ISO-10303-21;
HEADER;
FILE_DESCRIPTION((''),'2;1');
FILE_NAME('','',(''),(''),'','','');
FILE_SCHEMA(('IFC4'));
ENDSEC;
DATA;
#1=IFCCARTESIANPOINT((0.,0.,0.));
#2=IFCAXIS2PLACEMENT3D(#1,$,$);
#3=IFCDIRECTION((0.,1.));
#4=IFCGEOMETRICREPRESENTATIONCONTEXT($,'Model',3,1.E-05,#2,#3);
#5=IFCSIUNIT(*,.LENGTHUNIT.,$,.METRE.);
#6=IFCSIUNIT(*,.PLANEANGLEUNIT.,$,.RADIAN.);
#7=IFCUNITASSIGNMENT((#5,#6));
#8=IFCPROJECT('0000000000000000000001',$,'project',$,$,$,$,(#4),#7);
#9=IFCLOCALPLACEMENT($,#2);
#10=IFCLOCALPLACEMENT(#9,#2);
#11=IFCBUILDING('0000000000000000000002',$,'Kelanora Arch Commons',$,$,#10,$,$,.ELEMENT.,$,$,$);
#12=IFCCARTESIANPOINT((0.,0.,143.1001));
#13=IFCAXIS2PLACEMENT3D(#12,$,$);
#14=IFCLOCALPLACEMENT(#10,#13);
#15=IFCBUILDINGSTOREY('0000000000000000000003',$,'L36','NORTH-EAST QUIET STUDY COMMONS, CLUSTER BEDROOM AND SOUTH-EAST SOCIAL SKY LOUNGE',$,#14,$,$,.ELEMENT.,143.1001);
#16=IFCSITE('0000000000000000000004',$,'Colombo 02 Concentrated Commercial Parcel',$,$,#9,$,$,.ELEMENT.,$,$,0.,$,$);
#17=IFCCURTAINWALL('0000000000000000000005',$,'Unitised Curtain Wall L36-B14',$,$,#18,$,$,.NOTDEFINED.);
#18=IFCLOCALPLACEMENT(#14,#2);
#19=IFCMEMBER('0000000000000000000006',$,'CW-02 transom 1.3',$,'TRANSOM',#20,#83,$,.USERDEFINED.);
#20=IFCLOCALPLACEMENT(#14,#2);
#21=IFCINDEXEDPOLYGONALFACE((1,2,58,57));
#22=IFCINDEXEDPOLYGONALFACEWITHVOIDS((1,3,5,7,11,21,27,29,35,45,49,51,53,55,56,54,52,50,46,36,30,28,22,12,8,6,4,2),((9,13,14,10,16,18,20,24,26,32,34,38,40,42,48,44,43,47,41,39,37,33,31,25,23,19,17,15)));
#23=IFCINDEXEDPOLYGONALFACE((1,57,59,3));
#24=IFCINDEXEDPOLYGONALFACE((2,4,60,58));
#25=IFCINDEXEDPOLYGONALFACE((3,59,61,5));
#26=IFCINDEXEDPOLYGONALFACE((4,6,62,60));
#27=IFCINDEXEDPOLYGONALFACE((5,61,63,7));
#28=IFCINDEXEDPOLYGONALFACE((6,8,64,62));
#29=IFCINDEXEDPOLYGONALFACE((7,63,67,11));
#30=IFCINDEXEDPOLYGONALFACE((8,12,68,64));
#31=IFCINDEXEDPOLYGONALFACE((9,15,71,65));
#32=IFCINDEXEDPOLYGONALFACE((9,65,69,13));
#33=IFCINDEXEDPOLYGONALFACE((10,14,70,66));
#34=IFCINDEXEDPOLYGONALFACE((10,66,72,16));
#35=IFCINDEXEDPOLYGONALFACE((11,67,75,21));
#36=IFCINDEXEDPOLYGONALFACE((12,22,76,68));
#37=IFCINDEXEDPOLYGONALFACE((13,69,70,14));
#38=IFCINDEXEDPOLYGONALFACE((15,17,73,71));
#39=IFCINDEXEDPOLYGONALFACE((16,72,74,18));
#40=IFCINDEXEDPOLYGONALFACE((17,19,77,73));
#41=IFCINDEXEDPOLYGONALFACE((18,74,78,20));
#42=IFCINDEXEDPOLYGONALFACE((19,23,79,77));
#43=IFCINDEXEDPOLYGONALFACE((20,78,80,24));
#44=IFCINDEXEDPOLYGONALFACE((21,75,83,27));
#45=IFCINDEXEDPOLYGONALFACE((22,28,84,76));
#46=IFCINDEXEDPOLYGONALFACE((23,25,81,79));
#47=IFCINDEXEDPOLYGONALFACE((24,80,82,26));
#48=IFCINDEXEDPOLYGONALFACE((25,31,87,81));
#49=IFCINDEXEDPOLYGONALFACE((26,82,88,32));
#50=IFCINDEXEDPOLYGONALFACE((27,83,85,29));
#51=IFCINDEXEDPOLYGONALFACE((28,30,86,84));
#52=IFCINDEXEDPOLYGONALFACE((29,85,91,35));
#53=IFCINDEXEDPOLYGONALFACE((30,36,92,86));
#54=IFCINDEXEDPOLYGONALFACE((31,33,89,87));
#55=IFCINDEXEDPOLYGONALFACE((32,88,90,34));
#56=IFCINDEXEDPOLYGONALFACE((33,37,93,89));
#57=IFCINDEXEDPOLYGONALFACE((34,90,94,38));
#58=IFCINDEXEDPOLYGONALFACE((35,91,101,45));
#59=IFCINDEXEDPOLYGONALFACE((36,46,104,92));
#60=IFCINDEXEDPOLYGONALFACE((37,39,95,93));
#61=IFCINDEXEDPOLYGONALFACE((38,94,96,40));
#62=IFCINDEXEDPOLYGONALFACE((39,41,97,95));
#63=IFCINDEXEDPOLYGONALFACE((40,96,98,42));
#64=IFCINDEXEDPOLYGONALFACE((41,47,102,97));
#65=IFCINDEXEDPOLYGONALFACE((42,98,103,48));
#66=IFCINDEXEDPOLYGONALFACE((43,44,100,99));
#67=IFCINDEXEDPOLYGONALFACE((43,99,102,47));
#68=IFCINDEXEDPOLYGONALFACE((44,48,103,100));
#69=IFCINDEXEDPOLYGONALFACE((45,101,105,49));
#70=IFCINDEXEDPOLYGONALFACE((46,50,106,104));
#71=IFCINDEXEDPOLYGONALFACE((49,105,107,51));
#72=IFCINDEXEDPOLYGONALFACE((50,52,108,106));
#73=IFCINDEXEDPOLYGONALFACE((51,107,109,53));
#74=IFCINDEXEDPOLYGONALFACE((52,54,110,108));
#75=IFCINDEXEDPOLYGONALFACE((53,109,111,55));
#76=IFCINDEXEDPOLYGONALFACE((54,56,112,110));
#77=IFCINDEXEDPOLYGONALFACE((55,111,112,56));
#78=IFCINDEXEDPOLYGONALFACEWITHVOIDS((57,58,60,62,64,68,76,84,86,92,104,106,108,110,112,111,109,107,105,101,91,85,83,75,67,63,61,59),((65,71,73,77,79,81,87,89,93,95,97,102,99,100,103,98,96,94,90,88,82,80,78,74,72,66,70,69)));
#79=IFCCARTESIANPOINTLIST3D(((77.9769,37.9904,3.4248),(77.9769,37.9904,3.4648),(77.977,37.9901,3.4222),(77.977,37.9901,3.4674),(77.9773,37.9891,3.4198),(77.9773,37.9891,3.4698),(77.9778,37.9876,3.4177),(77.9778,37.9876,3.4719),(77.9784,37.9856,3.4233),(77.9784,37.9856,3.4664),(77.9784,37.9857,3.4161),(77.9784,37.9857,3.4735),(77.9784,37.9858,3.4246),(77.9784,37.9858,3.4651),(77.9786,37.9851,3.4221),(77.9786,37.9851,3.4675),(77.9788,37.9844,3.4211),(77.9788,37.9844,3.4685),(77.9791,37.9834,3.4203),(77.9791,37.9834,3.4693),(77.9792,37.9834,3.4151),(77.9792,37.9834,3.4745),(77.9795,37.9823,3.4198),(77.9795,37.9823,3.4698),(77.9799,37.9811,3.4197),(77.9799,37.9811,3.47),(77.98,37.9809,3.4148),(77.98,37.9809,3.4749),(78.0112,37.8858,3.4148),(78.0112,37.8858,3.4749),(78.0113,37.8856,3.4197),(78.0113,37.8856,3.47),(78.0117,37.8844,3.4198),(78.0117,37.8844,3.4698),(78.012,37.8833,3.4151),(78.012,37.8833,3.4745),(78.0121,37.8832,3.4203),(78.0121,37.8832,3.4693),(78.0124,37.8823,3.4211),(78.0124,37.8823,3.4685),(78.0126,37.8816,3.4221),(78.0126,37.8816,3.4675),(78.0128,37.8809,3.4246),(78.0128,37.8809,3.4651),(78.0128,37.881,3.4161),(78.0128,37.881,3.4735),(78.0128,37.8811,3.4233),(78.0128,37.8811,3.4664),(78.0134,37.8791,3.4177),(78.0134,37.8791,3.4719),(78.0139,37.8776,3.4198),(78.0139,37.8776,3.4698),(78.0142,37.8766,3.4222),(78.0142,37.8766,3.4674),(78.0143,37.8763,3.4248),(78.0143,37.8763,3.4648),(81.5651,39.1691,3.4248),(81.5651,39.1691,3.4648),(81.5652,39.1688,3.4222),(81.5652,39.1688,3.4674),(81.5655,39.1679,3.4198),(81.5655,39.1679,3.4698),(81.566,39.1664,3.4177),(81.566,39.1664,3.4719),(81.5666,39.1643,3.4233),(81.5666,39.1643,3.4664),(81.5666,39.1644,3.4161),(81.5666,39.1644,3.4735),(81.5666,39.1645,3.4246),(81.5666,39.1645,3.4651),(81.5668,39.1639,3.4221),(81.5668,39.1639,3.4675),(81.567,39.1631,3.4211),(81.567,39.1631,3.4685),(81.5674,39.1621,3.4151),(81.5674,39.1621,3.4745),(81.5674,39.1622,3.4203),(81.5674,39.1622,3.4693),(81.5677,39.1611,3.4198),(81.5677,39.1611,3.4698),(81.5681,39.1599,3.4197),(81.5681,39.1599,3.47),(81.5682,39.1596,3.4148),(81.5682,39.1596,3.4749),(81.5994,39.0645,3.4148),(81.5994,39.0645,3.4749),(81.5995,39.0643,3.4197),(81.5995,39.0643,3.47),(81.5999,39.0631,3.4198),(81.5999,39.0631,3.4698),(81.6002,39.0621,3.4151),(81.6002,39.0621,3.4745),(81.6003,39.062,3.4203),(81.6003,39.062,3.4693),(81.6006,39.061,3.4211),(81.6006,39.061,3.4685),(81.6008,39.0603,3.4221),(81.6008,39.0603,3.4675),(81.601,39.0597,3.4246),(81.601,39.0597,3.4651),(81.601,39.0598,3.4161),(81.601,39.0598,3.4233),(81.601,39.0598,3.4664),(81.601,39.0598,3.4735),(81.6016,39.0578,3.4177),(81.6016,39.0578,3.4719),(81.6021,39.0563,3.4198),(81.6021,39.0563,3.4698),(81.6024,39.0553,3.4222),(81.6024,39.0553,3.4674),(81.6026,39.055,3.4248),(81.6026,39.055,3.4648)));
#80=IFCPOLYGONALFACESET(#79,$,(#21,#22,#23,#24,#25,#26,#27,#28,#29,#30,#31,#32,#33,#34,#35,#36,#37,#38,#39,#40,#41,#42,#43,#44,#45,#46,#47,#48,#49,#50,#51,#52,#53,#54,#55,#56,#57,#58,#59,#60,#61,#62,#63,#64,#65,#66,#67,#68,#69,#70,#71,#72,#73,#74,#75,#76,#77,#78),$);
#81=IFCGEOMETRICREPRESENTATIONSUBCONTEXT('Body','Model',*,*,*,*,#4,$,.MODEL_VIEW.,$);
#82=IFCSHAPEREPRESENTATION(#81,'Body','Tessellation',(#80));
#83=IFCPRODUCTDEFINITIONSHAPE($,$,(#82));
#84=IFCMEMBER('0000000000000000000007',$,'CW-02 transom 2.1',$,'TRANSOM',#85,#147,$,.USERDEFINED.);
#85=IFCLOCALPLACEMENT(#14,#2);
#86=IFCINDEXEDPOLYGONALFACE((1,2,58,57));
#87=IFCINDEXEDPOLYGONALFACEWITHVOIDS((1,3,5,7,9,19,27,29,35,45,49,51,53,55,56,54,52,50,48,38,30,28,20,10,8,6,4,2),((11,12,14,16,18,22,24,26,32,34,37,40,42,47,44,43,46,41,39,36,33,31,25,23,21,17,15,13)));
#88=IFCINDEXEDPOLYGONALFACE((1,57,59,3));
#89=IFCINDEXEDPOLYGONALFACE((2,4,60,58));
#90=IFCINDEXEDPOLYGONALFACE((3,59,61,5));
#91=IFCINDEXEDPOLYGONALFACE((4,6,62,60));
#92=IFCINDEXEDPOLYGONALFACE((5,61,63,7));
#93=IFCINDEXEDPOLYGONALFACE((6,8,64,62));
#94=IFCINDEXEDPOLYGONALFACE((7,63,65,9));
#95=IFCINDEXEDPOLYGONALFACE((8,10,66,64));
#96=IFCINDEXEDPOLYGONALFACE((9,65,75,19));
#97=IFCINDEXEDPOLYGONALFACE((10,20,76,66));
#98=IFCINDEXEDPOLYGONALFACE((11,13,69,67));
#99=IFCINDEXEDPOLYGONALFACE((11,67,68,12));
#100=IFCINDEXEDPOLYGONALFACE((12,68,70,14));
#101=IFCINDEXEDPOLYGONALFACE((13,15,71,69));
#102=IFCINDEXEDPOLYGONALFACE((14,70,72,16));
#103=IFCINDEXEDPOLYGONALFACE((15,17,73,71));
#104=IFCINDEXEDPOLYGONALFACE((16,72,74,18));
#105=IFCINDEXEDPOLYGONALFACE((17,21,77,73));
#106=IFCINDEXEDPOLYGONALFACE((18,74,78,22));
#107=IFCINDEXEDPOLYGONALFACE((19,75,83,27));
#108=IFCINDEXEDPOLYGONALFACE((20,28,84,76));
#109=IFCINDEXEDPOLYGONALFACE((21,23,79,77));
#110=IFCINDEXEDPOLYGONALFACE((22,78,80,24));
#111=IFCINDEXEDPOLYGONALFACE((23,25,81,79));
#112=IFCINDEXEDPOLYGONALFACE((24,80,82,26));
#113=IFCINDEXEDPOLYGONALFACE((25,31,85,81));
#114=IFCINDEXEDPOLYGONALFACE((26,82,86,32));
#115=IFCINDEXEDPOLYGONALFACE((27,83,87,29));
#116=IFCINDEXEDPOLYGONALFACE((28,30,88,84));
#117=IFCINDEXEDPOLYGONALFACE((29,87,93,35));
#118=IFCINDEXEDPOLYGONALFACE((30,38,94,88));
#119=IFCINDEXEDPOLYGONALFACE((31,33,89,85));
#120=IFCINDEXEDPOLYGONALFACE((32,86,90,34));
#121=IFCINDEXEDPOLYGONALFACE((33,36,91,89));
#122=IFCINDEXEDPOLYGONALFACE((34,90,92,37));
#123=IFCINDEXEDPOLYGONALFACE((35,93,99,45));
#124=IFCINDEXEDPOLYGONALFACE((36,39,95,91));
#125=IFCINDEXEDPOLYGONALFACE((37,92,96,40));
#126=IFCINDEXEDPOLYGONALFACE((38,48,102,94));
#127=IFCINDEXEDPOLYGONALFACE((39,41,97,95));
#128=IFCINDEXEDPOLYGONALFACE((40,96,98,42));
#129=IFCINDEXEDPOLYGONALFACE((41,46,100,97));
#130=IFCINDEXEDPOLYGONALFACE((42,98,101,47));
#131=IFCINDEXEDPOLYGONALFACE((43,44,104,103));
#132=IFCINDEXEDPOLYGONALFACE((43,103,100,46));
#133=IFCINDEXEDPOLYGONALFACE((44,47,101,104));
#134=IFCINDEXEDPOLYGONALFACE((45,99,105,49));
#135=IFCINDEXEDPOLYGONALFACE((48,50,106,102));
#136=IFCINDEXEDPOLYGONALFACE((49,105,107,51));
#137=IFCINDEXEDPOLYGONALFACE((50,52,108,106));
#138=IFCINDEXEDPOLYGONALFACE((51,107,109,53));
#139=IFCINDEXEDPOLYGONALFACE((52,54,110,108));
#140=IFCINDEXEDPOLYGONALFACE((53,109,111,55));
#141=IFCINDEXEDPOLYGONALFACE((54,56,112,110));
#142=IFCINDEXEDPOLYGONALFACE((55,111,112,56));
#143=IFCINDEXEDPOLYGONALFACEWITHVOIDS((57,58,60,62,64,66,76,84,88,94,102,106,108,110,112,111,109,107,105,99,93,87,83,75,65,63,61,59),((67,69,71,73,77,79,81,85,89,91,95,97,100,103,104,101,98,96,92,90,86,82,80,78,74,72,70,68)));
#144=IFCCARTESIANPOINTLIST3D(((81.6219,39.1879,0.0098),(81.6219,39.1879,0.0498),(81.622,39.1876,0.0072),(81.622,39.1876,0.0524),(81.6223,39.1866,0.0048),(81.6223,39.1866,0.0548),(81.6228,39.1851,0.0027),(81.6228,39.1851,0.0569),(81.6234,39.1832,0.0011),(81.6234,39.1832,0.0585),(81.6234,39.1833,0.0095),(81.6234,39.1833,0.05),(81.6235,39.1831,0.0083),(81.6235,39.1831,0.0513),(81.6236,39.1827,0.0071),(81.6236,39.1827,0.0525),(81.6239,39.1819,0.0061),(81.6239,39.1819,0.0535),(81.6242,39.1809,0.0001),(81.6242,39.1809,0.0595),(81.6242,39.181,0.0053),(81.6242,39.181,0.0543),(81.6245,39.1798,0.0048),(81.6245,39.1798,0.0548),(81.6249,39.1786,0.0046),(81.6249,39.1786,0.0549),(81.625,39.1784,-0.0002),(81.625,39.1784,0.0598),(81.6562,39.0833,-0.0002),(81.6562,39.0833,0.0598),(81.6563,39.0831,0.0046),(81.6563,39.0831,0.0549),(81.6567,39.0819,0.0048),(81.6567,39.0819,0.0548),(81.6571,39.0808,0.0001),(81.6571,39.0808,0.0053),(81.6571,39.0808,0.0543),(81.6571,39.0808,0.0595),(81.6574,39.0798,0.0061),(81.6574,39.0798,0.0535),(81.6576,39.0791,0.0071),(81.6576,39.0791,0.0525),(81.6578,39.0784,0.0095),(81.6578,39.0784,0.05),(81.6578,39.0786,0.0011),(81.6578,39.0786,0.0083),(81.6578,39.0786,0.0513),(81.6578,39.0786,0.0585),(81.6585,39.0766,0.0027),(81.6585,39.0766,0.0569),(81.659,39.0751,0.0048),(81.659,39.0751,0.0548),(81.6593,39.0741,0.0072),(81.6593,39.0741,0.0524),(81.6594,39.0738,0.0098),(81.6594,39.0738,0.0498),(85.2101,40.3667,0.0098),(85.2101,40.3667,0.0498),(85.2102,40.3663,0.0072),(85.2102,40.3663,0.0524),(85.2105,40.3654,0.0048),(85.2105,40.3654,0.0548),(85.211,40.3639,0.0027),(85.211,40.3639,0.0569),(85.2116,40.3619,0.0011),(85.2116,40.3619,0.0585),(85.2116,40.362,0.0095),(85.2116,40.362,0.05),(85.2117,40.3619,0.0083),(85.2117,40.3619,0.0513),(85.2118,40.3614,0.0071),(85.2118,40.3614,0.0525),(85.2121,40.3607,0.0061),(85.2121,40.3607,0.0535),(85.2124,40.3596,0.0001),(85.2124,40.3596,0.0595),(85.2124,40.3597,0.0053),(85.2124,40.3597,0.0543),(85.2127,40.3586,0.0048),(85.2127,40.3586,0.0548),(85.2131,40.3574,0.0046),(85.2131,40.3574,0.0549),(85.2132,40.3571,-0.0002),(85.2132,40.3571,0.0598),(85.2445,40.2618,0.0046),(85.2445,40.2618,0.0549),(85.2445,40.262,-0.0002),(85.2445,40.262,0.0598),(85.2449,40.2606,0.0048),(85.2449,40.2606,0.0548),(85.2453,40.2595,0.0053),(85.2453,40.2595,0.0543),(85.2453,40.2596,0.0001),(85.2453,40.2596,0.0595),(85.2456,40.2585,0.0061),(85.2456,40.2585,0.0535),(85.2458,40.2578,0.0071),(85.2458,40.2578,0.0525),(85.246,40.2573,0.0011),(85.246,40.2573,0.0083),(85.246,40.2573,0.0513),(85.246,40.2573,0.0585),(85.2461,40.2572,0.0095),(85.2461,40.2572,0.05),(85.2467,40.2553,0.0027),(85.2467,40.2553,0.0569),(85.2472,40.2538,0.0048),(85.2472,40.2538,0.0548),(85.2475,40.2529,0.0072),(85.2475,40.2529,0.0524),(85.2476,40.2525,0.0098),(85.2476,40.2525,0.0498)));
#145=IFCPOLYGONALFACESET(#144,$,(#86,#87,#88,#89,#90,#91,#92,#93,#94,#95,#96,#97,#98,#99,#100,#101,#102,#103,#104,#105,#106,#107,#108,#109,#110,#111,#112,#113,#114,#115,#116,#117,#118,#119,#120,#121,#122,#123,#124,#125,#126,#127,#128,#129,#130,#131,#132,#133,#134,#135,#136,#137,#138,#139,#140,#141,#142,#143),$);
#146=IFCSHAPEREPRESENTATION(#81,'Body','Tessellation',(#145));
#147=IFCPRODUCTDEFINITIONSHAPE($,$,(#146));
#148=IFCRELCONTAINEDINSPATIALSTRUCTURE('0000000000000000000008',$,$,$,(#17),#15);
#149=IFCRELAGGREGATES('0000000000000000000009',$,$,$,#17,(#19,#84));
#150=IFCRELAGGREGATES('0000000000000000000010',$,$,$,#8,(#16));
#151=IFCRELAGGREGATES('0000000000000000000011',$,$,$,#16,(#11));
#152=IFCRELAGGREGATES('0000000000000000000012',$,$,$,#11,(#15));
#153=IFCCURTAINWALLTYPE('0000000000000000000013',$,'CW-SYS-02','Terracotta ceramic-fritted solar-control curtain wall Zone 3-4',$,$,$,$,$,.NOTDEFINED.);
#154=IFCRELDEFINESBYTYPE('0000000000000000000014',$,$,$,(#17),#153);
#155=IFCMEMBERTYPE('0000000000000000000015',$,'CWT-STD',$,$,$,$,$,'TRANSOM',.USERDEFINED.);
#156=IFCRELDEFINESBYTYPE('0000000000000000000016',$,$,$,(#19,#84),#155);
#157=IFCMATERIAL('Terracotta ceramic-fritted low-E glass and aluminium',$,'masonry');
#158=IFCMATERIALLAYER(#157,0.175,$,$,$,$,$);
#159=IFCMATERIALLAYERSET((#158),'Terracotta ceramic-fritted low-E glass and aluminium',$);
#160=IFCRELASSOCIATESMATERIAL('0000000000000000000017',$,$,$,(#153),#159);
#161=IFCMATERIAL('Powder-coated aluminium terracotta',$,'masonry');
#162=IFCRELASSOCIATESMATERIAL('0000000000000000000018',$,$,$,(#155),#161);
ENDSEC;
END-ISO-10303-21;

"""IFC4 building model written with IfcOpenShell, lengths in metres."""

from ifc_helpers import new_model, si_unit, direction, frame, origin, origin_2d, place, context, subcontext, project, spatial, hollow_rectangle, extrude, material, layer, layer_set, material_profile, profile_set, type_object, element, aggregate, save


model = new_model("IFC4")

# Units and contexts
model_context = context("Model", 3, precision=1e-05, world=origin(), true_north=direction((0.0, 1.0)))
body_context = subcontext(model_context, "Body", "Model", "MODEL_VIEW")
ifc_project = project(units=[si_unit("LENGTHUNIT", "METRE"), si_unit("PLANEANGLEUNIT", "RADIAN")], contexts=[model_context])

# Site, building, storey
site_placement = place(None, origin())
site = spatial("IfcSite", under=ifc_project, at=site_placement, Name="Colombo 02 Concentrated Commercial Parcel", CompositionType="ELEMENT", RefElevation=0.0)
building_placement = place(site_placement, origin())
building = spatial("IfcBuilding", under=site, at=building_placement, Name="Kelanora Arch Commons", CompositionType="ELEMENT")
storey_placement = place(building_placement, frame((0.0, 0.0, 143.1001)))
storey = spatial("IfcBuildingStorey", under=building, at=storey_placement, Name="L36", Description="NORTH-EAST QUIET STUDY COMMONS, CLUSTER BEDROOM AND SOUTH-EAST SOCIAL SKY LOUNGE", CompositionType="ELEMENT", Elevation=143.1001)

# Curtain wall, members
ifc_material_1 = material(Name="Terracotta ceramic-fritted low-E glass and aluminium", Category="masonry")
ifc_layer_1 = layer(ifc_material_1, 0.175)
ifc_layer_set_1 = layer_set([ifc_layer_1], Name="Terracotta ceramic-fritted low-E glass and aluminium")
curtain_wall_type = type_object("IfcCurtainWallType", Name="CW-SYS-02", Description="Terracotta ceramic-fritted solar-control curtain wall Zone 3-4", PredefinedType="NOTDEFINED", material=ifc_layer_set_1)
curtain_wall_placement = place(storey_placement, origin())
curtain_wall = element("IfcCurtainWall", 1, at=curtain_wall_placement, inside=storey, type_object=curtain_wall_type, Name="Unitised Curtain Wall L36-B14", PredefinedType="NOTDEFINED")
ifc_material_2 = material(Name="Powder-coated aluminium terracotta", Category="masonry")
ifc_material_profile_1 = material_profile(ifc_material_2, hollow_rectangle(XDim=0.1201, YDim=0.0601, WallThickness=0.0049, InnerFilletRadius=0.0049, OuterFilletRadius=0.01, at=origin_2d()), Name="CWT120x60")
ifc_profile_set_1 = profile_set([ifc_material_profile_1], Name="Powder-coated aluminium terracotta")
member_type_1 = type_object("IfcMemberType", Name="CWT-STD", ElementType="TRANSOM", PredefinedType="USERDEFINED", material=ifc_profile_set_1)
member_1_placement = place(storey_placement, frame((77.9956, 37.9333, 3.4448), z_axis=(0.950051, 0.312094, 0.0), x_axis=(-0.312094, 0.950051, 0.0)))
member_1 = element("IfcMember", 2, at=member_1_placement, type_object=member_type_1, Name="CW-02 transom 1.3", ObjectType="TRANSOM", PredefinedType="USERDEFINED", context=body_context, shape_type="SweptSolid", body=[
    extrude(hollow_rectangle(XDim=0.1201, YDim=0.0601, WallThickness=0.0049, InnerFilletRadius=0.0049, OuterFilletRadius=0.01, at=origin_2d()), origin(), (0.0, 0.0, 1.0), 3.7769),
])
member_2_placement = place(storey_placement, frame((81.6406, 39.1309, 0.0298), z_axis=(0.950051, 0.312094, 0.0), x_axis=(-0.312094, 0.950051, 0.0)))
member_2 = element("IfcMember", 3, at=member_2_placement, type_object=member_type_1, Name="CW-02 transom 2.1", ObjectType="TRANSOM", PredefinedType="USERDEFINED", context=body_context, shape_type="SweptSolid", body=[
    extrude(hollow_rectangle(XDim=0.1201, YDim=0.0601, WallThickness=0.0049, InnerFilletRadius=0.0049, OuterFilletRadius=0.01, at=origin_2d()), origin(), (0.0, 0.0, 1.0), 3.7769),
])
aggregate(curtain_wall, [member_1, member_2])

save(model, "model.ifc")
